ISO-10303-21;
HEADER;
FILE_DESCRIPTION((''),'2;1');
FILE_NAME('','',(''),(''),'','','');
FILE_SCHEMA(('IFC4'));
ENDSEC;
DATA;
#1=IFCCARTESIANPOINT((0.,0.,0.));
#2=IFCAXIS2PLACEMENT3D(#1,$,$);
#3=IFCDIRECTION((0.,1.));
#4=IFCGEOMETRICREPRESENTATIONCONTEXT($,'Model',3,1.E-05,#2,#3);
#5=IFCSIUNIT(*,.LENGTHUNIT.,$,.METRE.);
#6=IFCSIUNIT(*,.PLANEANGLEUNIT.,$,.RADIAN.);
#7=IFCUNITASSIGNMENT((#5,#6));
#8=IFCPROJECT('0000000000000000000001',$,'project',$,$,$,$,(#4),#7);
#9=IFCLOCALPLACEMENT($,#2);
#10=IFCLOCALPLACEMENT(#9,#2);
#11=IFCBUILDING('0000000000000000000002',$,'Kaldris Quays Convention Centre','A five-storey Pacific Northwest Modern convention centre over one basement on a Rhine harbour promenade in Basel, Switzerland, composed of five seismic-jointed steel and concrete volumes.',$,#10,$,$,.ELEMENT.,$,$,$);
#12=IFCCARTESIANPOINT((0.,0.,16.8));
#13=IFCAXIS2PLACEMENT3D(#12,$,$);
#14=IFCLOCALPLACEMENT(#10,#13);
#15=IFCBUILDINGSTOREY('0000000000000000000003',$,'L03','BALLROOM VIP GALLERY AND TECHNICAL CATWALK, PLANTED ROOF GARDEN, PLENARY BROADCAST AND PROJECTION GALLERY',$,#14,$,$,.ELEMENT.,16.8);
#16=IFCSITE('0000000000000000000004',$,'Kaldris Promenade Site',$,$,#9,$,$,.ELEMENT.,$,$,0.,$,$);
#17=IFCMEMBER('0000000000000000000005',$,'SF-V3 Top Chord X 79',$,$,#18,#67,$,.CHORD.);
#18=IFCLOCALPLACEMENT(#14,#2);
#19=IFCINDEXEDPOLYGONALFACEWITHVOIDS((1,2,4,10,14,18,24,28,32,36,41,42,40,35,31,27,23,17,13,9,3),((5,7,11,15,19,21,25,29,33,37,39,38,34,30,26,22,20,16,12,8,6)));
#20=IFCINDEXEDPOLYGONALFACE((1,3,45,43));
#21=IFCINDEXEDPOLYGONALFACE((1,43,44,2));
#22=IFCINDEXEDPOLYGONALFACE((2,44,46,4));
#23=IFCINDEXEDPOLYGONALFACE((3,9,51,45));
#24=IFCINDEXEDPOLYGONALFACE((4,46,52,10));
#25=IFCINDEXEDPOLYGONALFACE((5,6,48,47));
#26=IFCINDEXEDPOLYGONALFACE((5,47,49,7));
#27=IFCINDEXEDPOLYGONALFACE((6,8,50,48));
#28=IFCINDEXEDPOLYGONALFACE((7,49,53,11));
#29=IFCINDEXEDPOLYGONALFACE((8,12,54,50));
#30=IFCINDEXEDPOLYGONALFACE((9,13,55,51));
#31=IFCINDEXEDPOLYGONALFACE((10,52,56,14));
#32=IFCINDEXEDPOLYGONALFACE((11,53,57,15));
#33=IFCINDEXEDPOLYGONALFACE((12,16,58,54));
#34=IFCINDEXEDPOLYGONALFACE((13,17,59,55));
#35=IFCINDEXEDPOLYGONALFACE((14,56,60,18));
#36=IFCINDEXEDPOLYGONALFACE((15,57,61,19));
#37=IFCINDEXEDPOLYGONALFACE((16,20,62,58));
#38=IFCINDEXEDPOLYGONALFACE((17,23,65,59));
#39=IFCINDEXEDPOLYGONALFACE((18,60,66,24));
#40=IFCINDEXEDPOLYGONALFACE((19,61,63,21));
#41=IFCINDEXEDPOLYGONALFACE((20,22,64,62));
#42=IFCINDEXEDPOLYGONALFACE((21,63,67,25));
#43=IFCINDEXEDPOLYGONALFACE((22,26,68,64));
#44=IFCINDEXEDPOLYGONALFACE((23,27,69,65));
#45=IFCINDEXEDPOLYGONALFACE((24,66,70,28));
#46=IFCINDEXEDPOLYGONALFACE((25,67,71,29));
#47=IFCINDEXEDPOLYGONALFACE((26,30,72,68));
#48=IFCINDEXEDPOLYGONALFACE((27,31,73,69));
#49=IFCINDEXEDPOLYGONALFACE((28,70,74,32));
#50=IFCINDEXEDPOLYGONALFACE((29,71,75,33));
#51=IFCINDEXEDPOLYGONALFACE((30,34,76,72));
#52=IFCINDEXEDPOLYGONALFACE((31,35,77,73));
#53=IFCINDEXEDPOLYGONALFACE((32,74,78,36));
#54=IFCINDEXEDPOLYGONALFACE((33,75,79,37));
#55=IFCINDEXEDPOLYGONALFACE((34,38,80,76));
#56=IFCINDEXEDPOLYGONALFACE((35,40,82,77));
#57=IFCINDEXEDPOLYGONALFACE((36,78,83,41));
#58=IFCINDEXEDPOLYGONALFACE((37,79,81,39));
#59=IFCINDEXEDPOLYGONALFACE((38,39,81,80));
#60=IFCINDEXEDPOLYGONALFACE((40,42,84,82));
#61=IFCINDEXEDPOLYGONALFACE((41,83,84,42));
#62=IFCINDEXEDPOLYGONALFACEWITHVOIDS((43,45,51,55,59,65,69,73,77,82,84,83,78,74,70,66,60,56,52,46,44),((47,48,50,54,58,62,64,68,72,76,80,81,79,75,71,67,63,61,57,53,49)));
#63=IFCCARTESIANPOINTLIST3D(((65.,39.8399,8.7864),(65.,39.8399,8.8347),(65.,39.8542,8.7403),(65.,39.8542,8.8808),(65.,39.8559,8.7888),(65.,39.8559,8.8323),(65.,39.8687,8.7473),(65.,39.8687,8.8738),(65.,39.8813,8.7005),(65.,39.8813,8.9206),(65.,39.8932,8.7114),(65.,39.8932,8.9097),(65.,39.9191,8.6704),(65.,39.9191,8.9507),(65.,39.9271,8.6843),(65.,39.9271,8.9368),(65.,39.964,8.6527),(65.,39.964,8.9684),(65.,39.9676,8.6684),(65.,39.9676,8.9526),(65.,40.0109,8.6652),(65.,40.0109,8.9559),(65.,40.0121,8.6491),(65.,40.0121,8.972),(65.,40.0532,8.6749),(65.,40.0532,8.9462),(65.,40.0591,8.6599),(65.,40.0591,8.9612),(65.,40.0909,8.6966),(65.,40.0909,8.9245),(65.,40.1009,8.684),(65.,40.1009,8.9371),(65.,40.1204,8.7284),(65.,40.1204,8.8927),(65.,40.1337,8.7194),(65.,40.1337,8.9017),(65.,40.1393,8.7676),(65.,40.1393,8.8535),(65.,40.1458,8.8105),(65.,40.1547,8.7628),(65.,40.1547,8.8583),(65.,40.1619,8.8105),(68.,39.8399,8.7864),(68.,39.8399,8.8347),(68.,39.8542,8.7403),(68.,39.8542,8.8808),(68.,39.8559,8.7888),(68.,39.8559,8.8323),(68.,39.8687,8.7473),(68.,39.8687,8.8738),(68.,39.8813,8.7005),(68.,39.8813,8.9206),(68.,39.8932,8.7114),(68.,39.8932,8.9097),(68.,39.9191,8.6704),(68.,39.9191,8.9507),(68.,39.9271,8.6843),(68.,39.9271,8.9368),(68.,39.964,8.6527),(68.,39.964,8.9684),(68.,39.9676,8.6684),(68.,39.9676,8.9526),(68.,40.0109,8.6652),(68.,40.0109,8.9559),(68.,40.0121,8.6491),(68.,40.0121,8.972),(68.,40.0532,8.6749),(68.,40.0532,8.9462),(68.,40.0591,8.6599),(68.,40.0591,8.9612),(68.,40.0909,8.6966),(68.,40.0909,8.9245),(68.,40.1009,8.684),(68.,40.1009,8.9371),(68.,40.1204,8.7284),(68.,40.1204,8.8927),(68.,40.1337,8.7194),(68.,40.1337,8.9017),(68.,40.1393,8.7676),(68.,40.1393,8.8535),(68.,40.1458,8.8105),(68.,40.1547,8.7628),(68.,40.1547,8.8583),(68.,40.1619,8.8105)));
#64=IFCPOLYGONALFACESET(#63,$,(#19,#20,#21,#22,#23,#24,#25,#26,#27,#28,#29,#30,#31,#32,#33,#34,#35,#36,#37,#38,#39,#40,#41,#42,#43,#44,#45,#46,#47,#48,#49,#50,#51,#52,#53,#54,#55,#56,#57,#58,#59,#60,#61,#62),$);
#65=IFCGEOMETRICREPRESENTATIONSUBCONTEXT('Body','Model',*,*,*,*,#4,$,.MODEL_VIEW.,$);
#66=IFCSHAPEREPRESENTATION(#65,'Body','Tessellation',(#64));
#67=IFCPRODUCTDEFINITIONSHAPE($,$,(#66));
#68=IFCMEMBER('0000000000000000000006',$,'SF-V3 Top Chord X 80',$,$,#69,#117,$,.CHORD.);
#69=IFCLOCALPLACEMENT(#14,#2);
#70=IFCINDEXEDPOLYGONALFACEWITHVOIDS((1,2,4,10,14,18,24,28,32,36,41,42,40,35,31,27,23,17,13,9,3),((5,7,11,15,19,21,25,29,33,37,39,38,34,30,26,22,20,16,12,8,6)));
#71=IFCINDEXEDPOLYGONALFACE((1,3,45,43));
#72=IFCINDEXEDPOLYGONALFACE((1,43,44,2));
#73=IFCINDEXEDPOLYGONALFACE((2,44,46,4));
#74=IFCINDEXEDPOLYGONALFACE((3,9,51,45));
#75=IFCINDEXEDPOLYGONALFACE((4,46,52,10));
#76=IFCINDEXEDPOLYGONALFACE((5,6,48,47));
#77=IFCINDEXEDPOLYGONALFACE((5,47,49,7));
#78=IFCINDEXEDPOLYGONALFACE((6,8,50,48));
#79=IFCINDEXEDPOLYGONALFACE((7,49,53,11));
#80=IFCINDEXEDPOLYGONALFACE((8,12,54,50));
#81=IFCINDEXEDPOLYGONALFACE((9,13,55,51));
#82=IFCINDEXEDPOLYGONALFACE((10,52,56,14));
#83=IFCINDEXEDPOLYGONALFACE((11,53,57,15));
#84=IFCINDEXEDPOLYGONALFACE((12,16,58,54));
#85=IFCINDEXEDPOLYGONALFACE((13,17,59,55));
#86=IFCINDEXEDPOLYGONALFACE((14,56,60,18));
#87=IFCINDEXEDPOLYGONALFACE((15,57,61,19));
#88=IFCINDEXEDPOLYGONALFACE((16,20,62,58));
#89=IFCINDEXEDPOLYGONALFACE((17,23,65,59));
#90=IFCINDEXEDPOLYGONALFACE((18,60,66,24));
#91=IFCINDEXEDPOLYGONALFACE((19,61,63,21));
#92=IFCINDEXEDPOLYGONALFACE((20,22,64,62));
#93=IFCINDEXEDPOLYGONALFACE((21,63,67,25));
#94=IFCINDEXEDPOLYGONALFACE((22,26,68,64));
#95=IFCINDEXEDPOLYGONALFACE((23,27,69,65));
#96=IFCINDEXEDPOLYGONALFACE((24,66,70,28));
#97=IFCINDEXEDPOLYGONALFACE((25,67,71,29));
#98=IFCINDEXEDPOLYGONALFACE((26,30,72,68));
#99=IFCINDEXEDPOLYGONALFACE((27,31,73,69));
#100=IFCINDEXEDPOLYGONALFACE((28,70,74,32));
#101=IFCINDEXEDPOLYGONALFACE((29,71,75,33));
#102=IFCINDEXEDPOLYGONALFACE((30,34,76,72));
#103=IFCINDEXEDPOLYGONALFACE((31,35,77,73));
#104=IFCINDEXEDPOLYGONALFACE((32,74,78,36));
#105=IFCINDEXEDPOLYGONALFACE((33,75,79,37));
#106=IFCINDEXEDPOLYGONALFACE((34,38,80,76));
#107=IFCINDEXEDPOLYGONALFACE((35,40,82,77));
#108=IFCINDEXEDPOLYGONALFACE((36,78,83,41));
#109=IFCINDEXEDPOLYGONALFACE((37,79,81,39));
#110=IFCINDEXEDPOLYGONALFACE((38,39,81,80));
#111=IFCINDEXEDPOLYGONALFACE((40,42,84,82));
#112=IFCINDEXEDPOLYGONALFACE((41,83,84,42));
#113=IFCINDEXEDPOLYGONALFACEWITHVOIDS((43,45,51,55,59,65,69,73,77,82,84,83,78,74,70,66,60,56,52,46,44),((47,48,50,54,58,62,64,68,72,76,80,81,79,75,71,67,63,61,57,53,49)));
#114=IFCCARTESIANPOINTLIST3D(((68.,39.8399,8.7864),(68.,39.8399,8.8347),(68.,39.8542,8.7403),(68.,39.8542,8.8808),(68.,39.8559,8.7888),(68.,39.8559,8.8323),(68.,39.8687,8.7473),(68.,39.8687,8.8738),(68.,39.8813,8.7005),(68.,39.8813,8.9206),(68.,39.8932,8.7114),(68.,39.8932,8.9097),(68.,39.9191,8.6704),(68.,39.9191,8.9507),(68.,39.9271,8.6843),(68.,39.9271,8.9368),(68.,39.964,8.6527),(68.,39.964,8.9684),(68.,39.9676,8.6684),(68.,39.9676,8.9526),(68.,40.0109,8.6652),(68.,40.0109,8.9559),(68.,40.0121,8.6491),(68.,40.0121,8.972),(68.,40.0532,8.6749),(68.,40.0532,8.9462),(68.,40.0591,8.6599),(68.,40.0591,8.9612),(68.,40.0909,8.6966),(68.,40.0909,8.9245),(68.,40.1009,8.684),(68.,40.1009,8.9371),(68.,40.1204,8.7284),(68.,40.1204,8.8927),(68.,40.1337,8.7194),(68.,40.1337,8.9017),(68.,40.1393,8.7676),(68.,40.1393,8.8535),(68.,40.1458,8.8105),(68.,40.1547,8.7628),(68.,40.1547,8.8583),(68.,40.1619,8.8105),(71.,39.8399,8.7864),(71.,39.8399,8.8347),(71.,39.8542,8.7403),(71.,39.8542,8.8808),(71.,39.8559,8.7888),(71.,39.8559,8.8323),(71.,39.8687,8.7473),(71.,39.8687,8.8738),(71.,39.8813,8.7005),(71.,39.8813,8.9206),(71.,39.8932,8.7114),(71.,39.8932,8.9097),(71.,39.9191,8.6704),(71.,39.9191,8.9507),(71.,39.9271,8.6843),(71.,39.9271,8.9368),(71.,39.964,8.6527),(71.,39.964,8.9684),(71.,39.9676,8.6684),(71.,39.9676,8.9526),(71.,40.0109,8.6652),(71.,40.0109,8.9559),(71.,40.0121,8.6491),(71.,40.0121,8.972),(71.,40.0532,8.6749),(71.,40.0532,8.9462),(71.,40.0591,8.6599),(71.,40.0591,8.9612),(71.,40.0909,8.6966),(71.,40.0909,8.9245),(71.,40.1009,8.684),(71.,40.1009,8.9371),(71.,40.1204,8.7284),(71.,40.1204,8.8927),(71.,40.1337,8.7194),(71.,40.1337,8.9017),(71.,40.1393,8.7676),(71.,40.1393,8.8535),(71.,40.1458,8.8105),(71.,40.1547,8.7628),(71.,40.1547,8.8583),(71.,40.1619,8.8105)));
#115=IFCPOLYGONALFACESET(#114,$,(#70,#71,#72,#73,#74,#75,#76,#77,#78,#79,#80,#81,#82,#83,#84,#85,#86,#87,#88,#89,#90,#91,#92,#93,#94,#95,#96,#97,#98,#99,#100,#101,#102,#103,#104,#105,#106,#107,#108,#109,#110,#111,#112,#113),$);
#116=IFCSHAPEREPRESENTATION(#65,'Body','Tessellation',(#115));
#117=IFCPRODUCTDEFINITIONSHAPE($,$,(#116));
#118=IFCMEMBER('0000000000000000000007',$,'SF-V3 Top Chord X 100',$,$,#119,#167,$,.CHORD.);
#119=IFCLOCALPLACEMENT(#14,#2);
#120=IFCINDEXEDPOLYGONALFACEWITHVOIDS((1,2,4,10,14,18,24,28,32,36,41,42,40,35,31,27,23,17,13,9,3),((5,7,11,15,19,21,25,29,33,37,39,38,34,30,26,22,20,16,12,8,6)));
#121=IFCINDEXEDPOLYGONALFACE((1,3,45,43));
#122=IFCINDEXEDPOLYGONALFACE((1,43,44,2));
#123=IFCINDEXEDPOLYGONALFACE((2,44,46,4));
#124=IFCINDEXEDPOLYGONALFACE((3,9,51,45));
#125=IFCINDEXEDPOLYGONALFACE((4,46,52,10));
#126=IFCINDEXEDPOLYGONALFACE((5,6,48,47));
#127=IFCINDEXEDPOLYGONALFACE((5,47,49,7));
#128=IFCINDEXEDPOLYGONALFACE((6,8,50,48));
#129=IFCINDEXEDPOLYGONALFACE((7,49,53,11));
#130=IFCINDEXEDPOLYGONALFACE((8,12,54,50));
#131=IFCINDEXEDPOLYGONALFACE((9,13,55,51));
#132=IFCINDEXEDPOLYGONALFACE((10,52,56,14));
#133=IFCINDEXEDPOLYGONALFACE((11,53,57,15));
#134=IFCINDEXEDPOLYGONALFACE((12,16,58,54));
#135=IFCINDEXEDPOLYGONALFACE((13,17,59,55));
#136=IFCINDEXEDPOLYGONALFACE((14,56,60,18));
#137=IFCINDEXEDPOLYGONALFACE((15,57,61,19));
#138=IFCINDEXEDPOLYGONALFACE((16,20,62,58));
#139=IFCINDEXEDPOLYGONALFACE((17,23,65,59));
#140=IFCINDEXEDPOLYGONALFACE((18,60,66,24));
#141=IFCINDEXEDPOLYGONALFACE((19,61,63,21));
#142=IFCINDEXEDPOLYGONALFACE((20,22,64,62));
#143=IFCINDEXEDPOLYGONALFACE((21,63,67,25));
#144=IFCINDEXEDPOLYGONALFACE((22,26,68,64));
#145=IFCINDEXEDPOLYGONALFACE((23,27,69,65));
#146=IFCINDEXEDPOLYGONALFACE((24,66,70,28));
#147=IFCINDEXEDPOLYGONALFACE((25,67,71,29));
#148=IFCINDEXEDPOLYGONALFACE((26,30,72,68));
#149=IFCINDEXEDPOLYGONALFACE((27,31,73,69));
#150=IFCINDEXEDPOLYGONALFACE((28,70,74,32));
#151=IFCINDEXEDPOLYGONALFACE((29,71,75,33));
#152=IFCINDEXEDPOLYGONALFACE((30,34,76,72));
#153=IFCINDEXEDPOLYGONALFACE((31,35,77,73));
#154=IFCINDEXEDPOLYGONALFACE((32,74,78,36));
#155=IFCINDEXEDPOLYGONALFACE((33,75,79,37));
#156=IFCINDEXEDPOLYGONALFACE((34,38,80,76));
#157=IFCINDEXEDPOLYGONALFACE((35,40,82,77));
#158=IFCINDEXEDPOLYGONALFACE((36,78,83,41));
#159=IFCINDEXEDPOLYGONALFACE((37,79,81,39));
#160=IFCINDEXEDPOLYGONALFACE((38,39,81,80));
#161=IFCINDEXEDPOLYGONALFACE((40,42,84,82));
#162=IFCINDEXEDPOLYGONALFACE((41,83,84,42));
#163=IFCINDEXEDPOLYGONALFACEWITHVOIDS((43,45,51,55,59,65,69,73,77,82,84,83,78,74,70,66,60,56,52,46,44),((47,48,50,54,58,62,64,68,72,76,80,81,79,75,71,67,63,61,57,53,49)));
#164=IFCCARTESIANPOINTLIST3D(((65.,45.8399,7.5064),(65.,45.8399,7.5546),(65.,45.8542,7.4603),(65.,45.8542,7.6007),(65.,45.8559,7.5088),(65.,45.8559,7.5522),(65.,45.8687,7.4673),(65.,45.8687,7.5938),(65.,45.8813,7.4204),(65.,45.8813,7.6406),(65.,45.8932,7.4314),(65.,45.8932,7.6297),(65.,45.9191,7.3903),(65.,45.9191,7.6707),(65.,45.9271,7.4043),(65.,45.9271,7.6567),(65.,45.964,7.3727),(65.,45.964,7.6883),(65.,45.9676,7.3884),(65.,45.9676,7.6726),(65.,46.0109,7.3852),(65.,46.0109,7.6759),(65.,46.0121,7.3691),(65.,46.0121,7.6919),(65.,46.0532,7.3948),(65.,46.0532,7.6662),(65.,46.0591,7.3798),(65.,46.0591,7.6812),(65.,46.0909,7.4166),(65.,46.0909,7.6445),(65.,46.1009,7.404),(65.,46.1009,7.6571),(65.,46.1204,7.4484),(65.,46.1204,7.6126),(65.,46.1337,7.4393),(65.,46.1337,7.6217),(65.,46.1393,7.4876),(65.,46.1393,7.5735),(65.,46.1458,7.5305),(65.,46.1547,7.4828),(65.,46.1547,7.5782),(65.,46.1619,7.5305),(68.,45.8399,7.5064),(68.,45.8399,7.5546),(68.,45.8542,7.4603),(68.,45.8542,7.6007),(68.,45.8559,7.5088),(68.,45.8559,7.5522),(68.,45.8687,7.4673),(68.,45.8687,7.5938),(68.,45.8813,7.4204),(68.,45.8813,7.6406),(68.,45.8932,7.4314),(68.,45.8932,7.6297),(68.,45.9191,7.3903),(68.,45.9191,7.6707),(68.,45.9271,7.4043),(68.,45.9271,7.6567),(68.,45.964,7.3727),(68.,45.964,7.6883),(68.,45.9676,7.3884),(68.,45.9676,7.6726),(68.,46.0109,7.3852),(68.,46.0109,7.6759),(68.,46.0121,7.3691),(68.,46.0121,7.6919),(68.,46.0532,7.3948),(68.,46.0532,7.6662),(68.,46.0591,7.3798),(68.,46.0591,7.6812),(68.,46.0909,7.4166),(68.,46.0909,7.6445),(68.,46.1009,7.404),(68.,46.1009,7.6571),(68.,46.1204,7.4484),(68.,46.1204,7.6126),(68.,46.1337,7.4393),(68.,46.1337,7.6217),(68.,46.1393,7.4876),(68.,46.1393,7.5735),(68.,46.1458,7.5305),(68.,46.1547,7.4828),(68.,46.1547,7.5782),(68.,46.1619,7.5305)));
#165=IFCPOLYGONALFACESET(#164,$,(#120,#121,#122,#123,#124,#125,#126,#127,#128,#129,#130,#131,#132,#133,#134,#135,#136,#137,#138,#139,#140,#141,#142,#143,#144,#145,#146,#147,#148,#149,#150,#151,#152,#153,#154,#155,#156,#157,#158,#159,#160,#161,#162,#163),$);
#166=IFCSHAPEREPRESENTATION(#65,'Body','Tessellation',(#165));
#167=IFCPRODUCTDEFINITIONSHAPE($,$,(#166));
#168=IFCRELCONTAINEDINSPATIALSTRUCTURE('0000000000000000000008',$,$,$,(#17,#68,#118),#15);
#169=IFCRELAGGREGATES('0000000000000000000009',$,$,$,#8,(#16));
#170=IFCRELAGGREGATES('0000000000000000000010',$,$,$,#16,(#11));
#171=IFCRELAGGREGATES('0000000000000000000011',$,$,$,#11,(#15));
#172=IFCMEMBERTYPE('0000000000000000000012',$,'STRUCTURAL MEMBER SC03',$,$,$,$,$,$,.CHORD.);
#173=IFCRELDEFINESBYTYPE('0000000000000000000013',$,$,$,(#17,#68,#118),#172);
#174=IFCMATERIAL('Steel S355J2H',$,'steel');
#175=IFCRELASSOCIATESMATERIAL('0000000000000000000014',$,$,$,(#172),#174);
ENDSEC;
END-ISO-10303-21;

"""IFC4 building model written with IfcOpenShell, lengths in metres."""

from ifc_helpers import new_model, si_unit, direction, frame, origin, origin_2d, place, context, subcontext, project, spatial, hollow_circle, extrude, material, material_profile, profile_set, type_object, element, save


model = new_model("IFC4")

# Units and contexts
model_context = context("Model", 3, precision=1e-05, world=origin(), true_north=direction((0.0, 1.0)))
body_context = subcontext(model_context, "Body", "Model", "MODEL_VIEW")
ifc_project = project(units=[si_unit("LENGTHUNIT", "METRE"), si_unit("PLANEANGLEUNIT", "RADIAN")], contexts=[model_context])

# Site, building, storey
site_placement = place(None, origin())
site = spatial("IfcSite", under=ifc_project, at=site_placement, Name="Kaldris Promenade Site", CompositionType="ELEMENT", RefElevation=0.0)
building_placement = place(site_placement, origin())
building = spatial("IfcBuilding", under=site, at=building_placement, Name="Kaldris Quays Convention Centre", Description="A five-storey Pacific Northwest Modern convention centre over one basement on a Rhine harbour promenade in Basel, Switzerland, composed of five seismic-jointed steel and concrete volumes.", CompositionType="ELEMENT")
storey_placement = place(building_placement, frame((0.0, 0.0, 16.8)))
storey = spatial("IfcBuildingStorey", under=building, at=storey_placement, Name="L03", Description="BALLROOM VIP GALLERY AND TECHNICAL CATWALK, PLANTED ROOF GARDEN, PLENARY BROADCAST AND PROJECTION GALLERY", CompositionType="ELEMENT", Elevation=16.8)

# Members
ifc_material_1 = material(Name="Steel S355J2H", Category="steel")
ifc_material_profile_1 = material_profile(ifc_material_1, hollow_circle(Radius=0.1619, WallThickness=0.0161, at=origin_2d()), Name="CHS 323.9x16")
ifc_profile_set_1 = profile_set([ifc_material_profile_1], Name="Steel S355J2H")
member_type_1 = type_object("IfcMemberType", Name="STRUCTURAL MEMBER SC03", PredefinedType="CHORD", material=ifc_profile_set_1)
for number, where, z_axis, x_axis, name in (
    (1, (65.0, 40.0, 8.8105), (1.0, 0.0, 0.0), (0.0, 1.0, 0.0), "SF-V3 Top Chord X 79"),
    (2, (68.0, 40.0, 8.8105), (1.0, 0.0, 0.0), (0.0, 1.0, 0.0), "SF-V3 Top Chord X 80"),
    (3, (65.0, 46.0, 7.5305), (1.0, 0.0, 0.0), (0.0, 1.0, 0.0), "SF-V3 Top Chord X 100"),
):
    element("IfcMember", number, at=place(storey_placement, frame(where, z_axis=z_axis, x_axis=x_axis)), inside=storey, type_object=member_type_1, Name=name, PredefinedType="CHORD", context=body_context, shape_type="SweptSolid", body=[
        extrude(hollow_circle(Radius=0.1619, WallThickness=0.0161, at=origin_2d()), origin(), (0.0, 0.0, 1.0), 3.0),
    ])

save(model, "model.ifc")
